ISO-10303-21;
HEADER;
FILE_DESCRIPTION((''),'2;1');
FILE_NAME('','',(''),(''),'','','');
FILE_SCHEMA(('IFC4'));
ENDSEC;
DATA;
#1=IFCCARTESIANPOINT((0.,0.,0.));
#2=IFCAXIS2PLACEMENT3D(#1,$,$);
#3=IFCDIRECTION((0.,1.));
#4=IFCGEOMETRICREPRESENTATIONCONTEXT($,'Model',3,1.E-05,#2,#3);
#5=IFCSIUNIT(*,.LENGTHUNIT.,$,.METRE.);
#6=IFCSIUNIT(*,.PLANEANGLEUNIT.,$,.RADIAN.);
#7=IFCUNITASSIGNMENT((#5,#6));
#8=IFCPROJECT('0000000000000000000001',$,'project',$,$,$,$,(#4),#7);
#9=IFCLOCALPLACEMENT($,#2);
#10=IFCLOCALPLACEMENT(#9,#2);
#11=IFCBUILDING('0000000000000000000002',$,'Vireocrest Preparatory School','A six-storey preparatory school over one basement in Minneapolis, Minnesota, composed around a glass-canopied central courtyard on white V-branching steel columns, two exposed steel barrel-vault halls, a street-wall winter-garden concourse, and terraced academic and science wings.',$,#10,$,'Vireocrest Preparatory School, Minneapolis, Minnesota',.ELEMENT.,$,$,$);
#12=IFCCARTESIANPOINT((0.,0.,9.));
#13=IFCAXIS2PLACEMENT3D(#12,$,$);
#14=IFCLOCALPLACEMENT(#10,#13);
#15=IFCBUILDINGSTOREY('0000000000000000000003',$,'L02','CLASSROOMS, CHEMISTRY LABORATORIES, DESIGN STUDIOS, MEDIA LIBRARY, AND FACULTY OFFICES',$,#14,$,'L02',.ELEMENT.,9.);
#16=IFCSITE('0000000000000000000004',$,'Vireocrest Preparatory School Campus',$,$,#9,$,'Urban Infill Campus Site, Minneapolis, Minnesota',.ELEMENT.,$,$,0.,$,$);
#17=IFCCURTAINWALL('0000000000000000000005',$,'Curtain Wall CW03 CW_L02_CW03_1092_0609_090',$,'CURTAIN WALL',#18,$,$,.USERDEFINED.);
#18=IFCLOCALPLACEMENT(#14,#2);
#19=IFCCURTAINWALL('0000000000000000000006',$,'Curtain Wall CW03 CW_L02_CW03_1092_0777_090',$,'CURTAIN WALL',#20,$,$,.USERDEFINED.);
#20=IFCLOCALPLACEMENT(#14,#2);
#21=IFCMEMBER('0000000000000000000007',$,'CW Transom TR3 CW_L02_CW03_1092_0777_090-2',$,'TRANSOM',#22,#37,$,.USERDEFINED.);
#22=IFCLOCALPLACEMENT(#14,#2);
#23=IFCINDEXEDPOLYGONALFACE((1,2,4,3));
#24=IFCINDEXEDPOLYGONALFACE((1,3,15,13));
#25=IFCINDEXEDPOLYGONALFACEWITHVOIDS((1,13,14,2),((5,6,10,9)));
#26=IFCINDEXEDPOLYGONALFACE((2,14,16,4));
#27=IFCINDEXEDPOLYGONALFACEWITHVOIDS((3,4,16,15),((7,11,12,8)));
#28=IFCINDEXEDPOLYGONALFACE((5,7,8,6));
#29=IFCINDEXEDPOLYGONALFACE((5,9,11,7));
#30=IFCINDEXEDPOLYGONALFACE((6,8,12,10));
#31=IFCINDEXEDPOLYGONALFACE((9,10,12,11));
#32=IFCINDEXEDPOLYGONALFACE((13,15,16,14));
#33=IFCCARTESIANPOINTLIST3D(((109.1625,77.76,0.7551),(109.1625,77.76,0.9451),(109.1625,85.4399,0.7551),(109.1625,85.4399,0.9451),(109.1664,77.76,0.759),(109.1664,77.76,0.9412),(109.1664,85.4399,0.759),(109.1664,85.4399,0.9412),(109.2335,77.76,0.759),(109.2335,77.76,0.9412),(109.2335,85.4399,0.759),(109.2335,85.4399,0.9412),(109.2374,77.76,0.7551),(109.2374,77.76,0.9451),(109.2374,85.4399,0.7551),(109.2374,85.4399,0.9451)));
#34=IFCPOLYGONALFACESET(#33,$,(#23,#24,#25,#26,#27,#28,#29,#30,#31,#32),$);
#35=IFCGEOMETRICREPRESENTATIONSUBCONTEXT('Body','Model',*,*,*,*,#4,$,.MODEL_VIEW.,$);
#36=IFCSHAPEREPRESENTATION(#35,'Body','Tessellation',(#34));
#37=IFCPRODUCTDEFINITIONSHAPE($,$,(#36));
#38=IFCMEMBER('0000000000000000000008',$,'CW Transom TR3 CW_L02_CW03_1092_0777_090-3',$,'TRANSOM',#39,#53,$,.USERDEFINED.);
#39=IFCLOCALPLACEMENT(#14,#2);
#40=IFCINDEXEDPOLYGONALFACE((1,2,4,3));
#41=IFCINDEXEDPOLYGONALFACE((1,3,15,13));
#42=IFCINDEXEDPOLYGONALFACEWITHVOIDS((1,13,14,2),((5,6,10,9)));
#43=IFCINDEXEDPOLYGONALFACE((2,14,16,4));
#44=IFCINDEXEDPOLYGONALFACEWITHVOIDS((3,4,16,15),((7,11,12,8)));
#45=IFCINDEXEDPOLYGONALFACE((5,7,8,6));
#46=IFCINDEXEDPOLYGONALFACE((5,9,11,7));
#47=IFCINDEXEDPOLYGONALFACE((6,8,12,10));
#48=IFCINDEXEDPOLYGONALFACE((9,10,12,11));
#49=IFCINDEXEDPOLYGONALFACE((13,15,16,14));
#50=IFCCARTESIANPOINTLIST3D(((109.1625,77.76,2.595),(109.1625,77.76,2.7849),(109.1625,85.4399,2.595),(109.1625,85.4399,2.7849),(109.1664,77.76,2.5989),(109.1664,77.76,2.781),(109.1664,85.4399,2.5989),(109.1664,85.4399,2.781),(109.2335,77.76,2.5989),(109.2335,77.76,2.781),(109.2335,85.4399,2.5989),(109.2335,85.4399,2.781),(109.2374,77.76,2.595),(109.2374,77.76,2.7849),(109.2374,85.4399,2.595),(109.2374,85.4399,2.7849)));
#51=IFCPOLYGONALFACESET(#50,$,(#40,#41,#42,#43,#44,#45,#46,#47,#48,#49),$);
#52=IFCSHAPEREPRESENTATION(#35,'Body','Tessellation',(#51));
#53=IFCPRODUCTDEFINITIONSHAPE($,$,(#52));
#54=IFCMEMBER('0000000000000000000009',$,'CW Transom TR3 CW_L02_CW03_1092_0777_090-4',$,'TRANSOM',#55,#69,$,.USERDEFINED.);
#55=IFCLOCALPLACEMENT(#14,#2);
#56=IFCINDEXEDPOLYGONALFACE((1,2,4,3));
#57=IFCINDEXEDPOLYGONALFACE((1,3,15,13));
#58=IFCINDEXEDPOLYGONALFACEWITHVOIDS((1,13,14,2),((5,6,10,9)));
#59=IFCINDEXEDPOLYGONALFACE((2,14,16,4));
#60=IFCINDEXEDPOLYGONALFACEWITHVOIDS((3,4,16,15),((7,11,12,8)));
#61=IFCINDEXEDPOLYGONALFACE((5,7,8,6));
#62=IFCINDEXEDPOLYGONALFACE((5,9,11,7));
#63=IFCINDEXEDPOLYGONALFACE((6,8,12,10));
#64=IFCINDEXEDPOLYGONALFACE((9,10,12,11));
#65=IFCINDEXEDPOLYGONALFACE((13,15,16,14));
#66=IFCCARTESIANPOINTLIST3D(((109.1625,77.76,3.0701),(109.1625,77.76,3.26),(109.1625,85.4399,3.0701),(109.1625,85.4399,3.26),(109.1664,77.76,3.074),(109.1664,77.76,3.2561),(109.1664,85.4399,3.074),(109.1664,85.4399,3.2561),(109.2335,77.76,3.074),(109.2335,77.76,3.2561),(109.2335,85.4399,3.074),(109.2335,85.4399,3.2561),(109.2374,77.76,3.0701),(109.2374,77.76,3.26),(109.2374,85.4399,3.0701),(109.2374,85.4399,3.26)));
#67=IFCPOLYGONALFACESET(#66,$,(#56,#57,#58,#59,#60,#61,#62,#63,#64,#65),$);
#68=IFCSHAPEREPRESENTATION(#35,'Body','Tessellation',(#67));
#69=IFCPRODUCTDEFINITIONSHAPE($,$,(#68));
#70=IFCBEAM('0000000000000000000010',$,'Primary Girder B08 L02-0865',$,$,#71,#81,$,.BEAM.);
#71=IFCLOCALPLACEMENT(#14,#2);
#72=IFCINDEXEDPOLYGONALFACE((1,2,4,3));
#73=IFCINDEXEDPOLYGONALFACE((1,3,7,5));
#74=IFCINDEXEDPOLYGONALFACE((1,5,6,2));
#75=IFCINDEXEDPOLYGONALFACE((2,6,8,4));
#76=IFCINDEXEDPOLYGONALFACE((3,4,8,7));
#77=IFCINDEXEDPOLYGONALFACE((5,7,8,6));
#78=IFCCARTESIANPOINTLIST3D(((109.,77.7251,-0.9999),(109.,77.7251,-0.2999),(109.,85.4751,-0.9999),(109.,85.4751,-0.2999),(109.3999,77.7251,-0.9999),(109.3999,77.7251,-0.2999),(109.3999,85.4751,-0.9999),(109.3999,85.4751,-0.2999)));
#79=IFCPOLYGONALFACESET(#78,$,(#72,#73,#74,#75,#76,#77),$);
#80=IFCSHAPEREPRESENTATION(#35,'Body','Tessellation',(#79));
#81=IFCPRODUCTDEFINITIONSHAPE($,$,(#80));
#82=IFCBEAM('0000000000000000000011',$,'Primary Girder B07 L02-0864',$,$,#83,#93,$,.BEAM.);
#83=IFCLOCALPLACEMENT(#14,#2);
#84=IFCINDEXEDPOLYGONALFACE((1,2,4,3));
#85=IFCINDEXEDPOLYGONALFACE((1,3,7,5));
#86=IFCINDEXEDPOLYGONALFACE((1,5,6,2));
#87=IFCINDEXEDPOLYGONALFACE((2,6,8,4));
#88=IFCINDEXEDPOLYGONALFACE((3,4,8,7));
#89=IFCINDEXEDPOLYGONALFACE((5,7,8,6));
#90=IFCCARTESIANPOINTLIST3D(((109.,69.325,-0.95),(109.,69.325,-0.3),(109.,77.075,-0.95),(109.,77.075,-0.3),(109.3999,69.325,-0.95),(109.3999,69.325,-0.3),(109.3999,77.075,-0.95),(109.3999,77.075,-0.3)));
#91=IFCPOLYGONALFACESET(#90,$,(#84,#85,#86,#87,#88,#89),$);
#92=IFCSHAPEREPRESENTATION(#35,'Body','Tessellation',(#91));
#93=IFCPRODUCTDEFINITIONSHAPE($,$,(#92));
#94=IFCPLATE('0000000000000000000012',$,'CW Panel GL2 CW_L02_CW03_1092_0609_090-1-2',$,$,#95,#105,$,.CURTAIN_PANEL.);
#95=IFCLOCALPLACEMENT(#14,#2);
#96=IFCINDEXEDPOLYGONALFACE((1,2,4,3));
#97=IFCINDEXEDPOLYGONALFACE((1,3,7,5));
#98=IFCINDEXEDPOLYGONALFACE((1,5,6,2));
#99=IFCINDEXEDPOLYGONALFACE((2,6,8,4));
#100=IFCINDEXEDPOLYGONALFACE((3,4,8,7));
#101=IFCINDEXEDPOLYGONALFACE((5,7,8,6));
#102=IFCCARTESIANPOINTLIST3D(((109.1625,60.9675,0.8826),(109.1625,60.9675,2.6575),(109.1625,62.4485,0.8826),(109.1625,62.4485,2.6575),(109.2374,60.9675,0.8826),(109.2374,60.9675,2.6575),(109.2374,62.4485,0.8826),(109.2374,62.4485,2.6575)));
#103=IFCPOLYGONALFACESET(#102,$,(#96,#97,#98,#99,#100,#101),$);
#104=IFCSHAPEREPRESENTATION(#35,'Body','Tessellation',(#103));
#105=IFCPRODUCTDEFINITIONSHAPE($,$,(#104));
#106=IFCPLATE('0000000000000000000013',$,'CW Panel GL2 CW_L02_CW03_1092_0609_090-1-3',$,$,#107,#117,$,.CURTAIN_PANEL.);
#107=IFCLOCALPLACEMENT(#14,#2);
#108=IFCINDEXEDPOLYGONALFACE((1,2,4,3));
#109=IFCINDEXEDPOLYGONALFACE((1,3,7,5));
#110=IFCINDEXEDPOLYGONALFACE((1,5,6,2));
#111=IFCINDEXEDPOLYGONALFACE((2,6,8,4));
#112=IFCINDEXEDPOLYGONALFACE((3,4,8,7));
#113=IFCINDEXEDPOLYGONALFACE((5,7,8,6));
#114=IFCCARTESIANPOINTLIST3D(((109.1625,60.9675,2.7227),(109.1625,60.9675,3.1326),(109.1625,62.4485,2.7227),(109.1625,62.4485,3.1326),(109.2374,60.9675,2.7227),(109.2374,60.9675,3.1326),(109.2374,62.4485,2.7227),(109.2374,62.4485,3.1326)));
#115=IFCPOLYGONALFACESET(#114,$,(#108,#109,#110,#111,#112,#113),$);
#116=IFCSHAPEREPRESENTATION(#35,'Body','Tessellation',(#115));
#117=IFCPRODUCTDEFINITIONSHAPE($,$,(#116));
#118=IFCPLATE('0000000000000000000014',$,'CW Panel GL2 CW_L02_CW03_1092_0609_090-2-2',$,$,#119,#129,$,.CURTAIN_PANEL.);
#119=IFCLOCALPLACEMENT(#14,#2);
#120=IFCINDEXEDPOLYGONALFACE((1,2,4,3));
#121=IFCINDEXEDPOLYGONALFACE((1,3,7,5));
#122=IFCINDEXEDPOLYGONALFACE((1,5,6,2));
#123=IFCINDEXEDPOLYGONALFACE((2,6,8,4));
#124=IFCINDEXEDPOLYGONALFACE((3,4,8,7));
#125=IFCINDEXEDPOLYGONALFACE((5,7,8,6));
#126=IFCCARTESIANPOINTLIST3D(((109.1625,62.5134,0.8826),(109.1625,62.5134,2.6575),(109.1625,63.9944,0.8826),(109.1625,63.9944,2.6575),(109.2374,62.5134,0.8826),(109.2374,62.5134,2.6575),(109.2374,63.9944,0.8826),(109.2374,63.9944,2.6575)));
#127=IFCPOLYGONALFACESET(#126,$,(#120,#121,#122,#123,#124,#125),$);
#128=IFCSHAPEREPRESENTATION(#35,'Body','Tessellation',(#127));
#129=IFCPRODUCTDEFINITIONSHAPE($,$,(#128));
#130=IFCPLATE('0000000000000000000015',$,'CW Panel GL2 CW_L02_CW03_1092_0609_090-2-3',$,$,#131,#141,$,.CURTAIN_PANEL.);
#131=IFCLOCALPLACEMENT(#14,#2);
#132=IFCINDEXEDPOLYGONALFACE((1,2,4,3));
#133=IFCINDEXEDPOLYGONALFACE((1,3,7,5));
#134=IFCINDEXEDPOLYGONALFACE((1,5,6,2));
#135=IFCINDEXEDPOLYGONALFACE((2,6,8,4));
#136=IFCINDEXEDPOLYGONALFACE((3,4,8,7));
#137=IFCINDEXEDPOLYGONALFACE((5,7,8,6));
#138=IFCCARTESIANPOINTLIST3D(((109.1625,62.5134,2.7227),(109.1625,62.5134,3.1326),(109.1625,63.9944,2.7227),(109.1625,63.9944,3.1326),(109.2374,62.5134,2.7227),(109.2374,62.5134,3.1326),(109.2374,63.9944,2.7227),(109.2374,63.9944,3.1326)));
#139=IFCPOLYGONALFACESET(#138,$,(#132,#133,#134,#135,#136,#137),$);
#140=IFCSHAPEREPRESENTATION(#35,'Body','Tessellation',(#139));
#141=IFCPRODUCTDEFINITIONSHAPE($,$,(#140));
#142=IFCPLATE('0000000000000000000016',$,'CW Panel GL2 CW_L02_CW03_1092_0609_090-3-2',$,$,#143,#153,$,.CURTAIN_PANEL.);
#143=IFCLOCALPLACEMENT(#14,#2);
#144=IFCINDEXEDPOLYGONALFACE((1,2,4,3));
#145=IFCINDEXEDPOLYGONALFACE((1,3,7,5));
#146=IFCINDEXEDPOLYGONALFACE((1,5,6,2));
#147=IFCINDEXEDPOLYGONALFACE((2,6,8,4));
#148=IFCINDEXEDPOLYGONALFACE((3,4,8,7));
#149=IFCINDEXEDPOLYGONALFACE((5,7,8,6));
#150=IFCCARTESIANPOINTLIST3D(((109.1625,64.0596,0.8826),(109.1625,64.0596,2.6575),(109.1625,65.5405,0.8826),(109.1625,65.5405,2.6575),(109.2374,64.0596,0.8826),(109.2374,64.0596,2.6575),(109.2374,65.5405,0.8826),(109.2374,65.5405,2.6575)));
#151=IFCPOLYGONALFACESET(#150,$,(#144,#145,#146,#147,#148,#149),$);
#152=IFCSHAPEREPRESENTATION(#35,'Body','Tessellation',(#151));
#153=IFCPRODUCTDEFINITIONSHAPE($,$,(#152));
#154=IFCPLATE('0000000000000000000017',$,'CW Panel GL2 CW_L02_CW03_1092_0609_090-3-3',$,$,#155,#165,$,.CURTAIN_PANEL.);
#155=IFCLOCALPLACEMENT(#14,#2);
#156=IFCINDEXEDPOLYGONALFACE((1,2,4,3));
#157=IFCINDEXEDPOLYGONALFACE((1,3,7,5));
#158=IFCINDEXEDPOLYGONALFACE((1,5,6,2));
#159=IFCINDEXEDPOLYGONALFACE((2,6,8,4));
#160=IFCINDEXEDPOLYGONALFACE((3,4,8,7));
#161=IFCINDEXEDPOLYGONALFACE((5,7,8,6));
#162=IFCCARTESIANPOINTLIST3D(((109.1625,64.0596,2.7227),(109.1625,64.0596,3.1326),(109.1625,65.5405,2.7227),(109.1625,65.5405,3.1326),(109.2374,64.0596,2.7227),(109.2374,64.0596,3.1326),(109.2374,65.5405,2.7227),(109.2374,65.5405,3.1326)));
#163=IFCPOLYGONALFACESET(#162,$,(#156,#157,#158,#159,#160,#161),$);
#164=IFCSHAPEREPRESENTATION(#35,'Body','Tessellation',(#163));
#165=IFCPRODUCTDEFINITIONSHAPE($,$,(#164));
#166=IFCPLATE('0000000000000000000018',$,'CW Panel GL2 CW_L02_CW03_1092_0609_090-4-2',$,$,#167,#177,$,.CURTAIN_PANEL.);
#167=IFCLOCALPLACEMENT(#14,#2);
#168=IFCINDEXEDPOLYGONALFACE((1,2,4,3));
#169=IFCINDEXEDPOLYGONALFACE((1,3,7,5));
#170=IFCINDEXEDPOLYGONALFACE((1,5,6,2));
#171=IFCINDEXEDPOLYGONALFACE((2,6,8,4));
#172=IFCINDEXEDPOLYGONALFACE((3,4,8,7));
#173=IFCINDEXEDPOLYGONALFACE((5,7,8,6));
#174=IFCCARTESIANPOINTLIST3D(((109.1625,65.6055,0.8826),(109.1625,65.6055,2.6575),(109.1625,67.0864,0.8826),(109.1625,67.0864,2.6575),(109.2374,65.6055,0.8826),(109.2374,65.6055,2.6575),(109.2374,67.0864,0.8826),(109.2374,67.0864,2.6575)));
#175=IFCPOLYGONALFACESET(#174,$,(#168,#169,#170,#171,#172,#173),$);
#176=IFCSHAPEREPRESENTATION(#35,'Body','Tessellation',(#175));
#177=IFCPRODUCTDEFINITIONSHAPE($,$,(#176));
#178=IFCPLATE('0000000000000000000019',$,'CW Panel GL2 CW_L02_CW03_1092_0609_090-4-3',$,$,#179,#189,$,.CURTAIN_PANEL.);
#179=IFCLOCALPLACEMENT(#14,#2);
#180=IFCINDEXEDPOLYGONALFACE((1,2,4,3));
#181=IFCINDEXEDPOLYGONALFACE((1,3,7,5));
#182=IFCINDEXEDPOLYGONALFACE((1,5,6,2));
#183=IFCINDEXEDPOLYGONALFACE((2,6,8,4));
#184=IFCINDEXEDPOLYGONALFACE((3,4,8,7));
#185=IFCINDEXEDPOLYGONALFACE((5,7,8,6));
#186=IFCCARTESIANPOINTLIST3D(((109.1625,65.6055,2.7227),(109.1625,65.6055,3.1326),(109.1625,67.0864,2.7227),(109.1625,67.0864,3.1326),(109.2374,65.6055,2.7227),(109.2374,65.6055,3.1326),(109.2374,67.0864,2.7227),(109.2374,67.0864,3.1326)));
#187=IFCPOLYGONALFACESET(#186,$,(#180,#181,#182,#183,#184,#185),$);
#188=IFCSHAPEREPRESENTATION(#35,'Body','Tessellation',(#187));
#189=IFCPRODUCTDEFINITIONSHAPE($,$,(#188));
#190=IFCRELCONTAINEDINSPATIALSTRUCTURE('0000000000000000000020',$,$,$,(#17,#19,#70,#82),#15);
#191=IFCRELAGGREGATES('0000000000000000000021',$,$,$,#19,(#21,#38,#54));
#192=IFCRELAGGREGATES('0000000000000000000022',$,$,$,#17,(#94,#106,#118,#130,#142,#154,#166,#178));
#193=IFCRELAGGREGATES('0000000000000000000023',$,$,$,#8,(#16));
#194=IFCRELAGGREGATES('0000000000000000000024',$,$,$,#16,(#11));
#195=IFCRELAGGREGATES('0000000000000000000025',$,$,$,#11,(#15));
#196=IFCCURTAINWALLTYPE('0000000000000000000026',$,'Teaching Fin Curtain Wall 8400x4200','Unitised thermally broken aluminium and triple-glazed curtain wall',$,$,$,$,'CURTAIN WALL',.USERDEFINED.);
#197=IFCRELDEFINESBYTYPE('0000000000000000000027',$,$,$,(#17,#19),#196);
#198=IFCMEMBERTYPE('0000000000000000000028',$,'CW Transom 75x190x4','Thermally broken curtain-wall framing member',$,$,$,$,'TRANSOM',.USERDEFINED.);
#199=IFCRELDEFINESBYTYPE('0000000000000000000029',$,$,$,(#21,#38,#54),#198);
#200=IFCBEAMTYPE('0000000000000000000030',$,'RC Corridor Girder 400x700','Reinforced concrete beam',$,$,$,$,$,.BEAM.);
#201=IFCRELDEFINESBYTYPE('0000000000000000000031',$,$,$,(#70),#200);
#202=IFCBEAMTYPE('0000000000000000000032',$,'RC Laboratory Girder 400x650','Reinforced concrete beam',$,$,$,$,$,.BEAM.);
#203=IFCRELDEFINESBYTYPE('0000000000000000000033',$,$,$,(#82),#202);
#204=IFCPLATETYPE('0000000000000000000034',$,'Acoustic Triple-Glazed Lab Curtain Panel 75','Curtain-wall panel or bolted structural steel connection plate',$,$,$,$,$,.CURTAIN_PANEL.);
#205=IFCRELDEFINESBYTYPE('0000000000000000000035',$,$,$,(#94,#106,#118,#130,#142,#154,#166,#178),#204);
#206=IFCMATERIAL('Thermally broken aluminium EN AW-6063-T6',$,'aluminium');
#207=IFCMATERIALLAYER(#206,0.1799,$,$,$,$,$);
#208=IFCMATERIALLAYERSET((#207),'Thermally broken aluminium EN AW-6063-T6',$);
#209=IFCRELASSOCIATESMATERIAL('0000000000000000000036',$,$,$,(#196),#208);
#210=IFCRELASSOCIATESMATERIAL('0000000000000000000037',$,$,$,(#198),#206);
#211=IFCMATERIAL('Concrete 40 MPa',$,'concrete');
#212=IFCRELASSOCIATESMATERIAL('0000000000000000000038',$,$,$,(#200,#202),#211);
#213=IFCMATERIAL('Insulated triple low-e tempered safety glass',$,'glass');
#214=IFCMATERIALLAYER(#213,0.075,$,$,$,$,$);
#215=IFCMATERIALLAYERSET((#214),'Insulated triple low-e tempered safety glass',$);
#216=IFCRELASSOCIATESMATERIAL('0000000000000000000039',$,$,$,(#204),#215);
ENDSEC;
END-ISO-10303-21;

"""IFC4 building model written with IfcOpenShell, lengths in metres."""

from ifc_helpers import new_model, si_unit, direction, frame, origin, origin_2d, place, context, subcontext, project, spatial, rectangle, hollow_rectangle, extrude, material, layer, layer_set, material_profile, profile_set, type_object, element, aggregate, save


model = new_model("IFC4")

# Units and contexts
model_context = context("Model", 3, precision=1e-05, world=origin(), true_north=direction((0.0, 1.0)))
body_context = subcontext(model_context, "Body", "Model", "MODEL_VIEW")
ifc_project = project(units=[si_unit("LENGTHUNIT", "METRE"), si_unit("PLANEANGLEUNIT", "RADIAN")], contexts=[model_context])

# Site, building, storey
site_placement = place(None, origin())
site = spatial("IfcSite", under=ifc_project, at=site_placement, Name="Vireocrest Preparatory School Campus", LongName="Urban Infill Campus Site, Minneapolis, Minnesota", CompositionType="ELEMENT", RefElevation=0.0)
building_placement = place(site_placement, origin())
building = spatial("IfcBuilding", under=site, at=building_placement, Name="Vireocrest Preparatory School", Description="A six-storey preparatory school over one basement in Minneapolis, Minnesota, composed around a glass-canopied central courtyard on white V-branching steel columns, two exposed steel barrel-vault halls, a street-wall winter-garden concourse, and terraced academic and science wings.", LongName="Vireocrest Preparatory School, Minneapolis, Minnesota", CompositionType="ELEMENT")
storey_placement = place(building_placement, frame((0.0, 0.0, 9.0)))
storey = spatial("IfcBuildingStorey", under=building, at=storey_placement, Name="L02", Description="CLASSROOMS, CHEMISTRY LABORATORIES, DESIGN STUDIOS, MEDIA LIBRARY, AND FACULTY OFFICES", LongName="L02", CompositionType="ELEMENT", Elevation=9.0)

# Curtain wall
ifc_material_1 = material(Name="Thermally broken aluminium EN AW-6063-T6", Category="aluminium")
ifc_layer_1 = layer(ifc_material_1, 0.1799)
ifc_layer_set_1 = layer_set([ifc_layer_1], Name="Thermally broken aluminium EN AW-6063-T6")
curtain_wall_type = type_object("IfcCurtainWallType", Name="Teaching Fin Curtain Wall 8400x4200", Description="Unitised thermally broken aluminium and triple-glazed curtain wall", ElementType="CURTAIN WALL", PredefinedType="USERDEFINED", material=ifc_layer_set_1)
curtain_wall_1_placement = place(storey_placement, origin())
curtain_wall_1 = element("IfcCurtainWall", 1, at=curtain_wall_1_placement, inside=storey, type_object=curtain_wall_type, Name="Curtain Wall CW03 CW_L02_CW03_1092_0609_090", ObjectType="CURTAIN WALL", PredefinedType="USERDEFINED")

# Curtain wall
curtain_wall_2_placement = place(storey_placement, origin())
curtain_wall_2 = element("IfcCurtainWall", 2, at=curtain_wall_2_placement, inside=storey, type_object=curtain_wall_type, Name="Curtain Wall CW03 CW_L02_CW03_1092_0777_090", ObjectType="CURTAIN WALL", PredefinedType="USERDEFINED")

# Members
ifc_material_profile_1 = material_profile(ifc_material_1, hollow_rectangle(XDim=0.075, YDim=0.1899, WallThickness=0.0039, at=origin_2d()), Name="ALU 75x190x4")
ifc_profile_set_1 = profile_set([ifc_material_profile_1], Name="Thermally broken aluminium EN AW-6063-T6")
member_type_1 = type_object("IfcMemberType", Name="CW Transom 75x190x4", Description="Thermally broken curtain-wall framing member", ElementType="TRANSOM", PredefinedType="USERDEFINED", material=ifc_profile_set_1)
member_1_placement = place(storey_placement, frame((109.2, 77.76, 0.8501), z_axis=(0.0, 1.0, 0.0), x_axis=(-1.0, 0.0, 0.0)))
member_1 = element("IfcMember", 3, at=member_1_placement, type_object=member_type_1, Name="CW Transom TR3 CW_L02_CW03_1092_0777_090-2", ObjectType="TRANSOM", PredefinedType="USERDEFINED", context=body_context, shape_type="SweptSolid", body=[
    extrude(hollow_rectangle(XDim=0.075, YDim=0.1899, WallThickness=0.0039, at=origin_2d()), origin(), (0.0, 0.0, 1.0), 7.6799),
])
member_2_placement = place(storey_placement, frame((109.2, 77.76, 2.6899), z_axis=(0.0, 1.0, 0.0), x_axis=(-1.0, 0.0, 0.0)))
member_2 = element("IfcMember", 4, at=member_2_placement, type_object=member_type_1, Name="CW Transom TR3 CW_L02_CW03_1092_0777_090-3", ObjectType="TRANSOM", PredefinedType="USERDEFINED", context=body_context, shape_type="SweptSolid", body=[
    extrude(hollow_rectangle(XDim=0.075, YDim=0.1899, WallThickness=0.0039, at=origin_2d()), origin(), (0.0, 0.0, 1.0), 7.6799),
])
member_3_placement = place(storey_placement, frame((109.2, 77.76, 3.165), z_axis=(0.0, 1.0, 0.0), x_axis=(-1.0, 0.0, 0.0)))
member_3 = element("IfcMember", 5, at=member_3_placement, type_object=member_type_1, Name="CW Transom TR3 CW_L02_CW03_1092_0777_090-4", ObjectType="TRANSOM", PredefinedType="USERDEFINED", context=body_context, shape_type="SweptSolid", body=[
    extrude(hollow_rectangle(XDim=0.075, YDim=0.1899, WallThickness=0.0039, at=origin_2d()), origin(), (0.0, 0.0, 1.0), 7.6799),
])
aggregate(curtain_wall_2, [member_1, member_2, member_3])

# Beams
ifc_material_2 = material(Name="Concrete 40 MPa", Category="concrete")
ifc_material_profile_2 = material_profile(ifc_material_2, rectangle(XDim=0.3999, YDim=0.7, at=origin_2d()), Name="RC 400x700")
ifc_profile_set_2 = profile_set([ifc_material_profile_2], Name="Concrete 40 MPa")
beam_type_1 = type_object("IfcBeamType", Name="RC Corridor Girder 400x700", Description="Reinforced concrete beam", PredefinedType="BEAM", material=ifc_profile_set_2)
beam_1_placement = place(storey_placement, frame((109.2, 77.7251, -0.6499), z_axis=(0.0, 1.0, 0.0), x_axis=(-1.0, 0.0, 0.0)))
element("IfcBeam", 6, at=beam_1_placement, inside=storey, type_object=beam_type_1, Name="Primary Girder B08 L02-0865", PredefinedType="BEAM", context=body_context, shape_type="SweptSolid", body=[
    extrude(rectangle(XDim=0.3999, YDim=0.7, at=origin_2d()), origin(), (0.0, 0.0, 1.0), 7.75),
])
ifc_material_profile_3 = material_profile(ifc_material_2, rectangle(XDim=0.3999, YDim=0.6499, at=origin_2d()), Name="RC 400x650")
ifc_profile_set_3 = profile_set([ifc_material_profile_3], Name="Concrete 40 MPa")
beam_type_2 = type_object("IfcBeamType", Name="RC Laboratory Girder 400x650", Description="Reinforced concrete beam", PredefinedType="BEAM", material=ifc_profile_set_3)
beam_2_placement = place(storey_placement, frame((109.2, 69.325, -0.625), z_axis=(0.0, 1.0, 0.0), x_axis=(-1.0, 0.0, 0.0)))
element("IfcBeam", 7, at=beam_2_placement, inside=storey, type_object=beam_type_2, Name="Primary Girder B07 L02-0864", PredefinedType="BEAM", context=body_context, shape_type="SweptSolid", body=[
    extrude(rectangle(XDim=0.3999, YDim=0.6499, at=origin_2d()), origin(), (0.0, 0.0, 1.0), 7.75),
])

# Plates
ifc_material_3 = material(Name="Insulated triple low-e tempered safety glass", Category="glass")
ifc_layer_2 = layer(ifc_material_3, 0.075)
ifc_layer_set_2 = layer_set([ifc_layer_2], Name="Insulated triple low-e tempered safety glass")
plate_type_1 = type_object("IfcPlateType", Name="Acoustic Triple-Glazed Lab Curtain Panel 75", Description="Curtain-wall panel or bolted structural steel connection plate", PredefinedType="CURTAIN_PANEL", material=ifc_layer_set_2)
plate_1_placement = place(storey_placement, frame((109.2, 61.708, 0.8826), z_axis=(0.0, 0.0, 1.0), x_axis=(0.0, 1.0, 0.0)))
plate_1 = element("IfcPlate", 8, at=plate_1_placement, type_object=plate_type_1, Name="CW Panel GL2 CW_L02_CW03_1092_0609_090-1-2", PredefinedType="CURTAIN_PANEL", context=body_context, shape_type="SweptSolid", body=[
    extrude(rectangle(XDim=1.481, YDim=0.075, at=origin_2d()), origin(), (0.0, 0.0, 1.0), 1.7749),
])
plate_2_placement = place(storey_placement, frame((109.2, 61.708, 2.7227), z_axis=(0.0, 0.0, 1.0), x_axis=(0.0, 1.0, 0.0)))
plate_2 = element("IfcPlate", 9, at=plate_2_placement, type_object=plate_type_1, Name="CW Panel GL2 CW_L02_CW03_1092_0609_090-1-3", PredefinedType="CURTAIN_PANEL", context=body_context, shape_type="SweptSolid", body=[
    extrude(rectangle(XDim=1.481, YDim=0.075, at=origin_2d()), origin(), (0.0, 0.0, 1.0), 0.4099),
])
plate_3_placement = place(storey_placement, frame((109.2, 63.2539, 0.8826), z_axis=(0.0, 0.0, 1.0), x_axis=(0.0, 1.0, 0.0)))
plate_3 = element("IfcPlate", 10, at=plate_3_placement, type_object=plate_type_1, Name="CW Panel GL2 CW_L02_CW03_1092_0609_090-2-2", PredefinedType="CURTAIN_PANEL", context=body_context, shape_type="SweptSolid", body=[
    extrude(rectangle(XDim=1.481, YDim=0.075, at=origin_2d()), origin(), (0.0, 0.0, 1.0), 1.7749),
])
plate_4_placement = place(storey_placement, frame((109.2, 63.2539, 2.7227), z_axis=(0.0, 0.0, 1.0), x_axis=(0.0, 1.0, 0.0)))
plate_4 = element("IfcPlate", 11, at=plate_4_placement, type_object=plate_type_1, Name="CW Panel GL2 CW_L02_CW03_1092_0609_090-2-3", PredefinedType="CURTAIN_PANEL", context=body_context, shape_type="SweptSolid", body=[
    extrude(rectangle(XDim=1.481, YDim=0.075, at=origin_2d()), origin(), (0.0, 0.0, 1.0), 0.4099),
])
plate_5_placement = place(storey_placement, frame((109.2, 64.8, 0.8826), z_axis=(0.0, 0.0, 1.0), x_axis=(0.0, 1.0, 0.0)))
plate_5 = element("IfcPlate", 12, at=plate_5_placement, type_object=plate_type_1, Name="CW Panel GL2 CW_L02_CW03_1092_0609_090-3-2", PredefinedType="CURTAIN_PANEL", context=body_context, shape_type="SweptSolid", body=[
    extrude(rectangle(XDim=1.481, YDim=0.075, at=origin_2d()), origin(), (0.0, 0.0, 1.0), 1.7749),
])
plate_6_placement = place(storey_placement, frame((109.2, 64.8, 2.7227), z_axis=(0.0, 0.0, 1.0), x_axis=(0.0, 1.0, 0.0)))
plate_6 = element("IfcPlate", 13, at=plate_6_placement, type_object=plate_type_1, Name="CW Panel GL2 CW_L02_CW03_1092_0609_090-3-3", PredefinedType="CURTAIN_PANEL", context=body_context, shape_type="SweptSolid", body=[
    extrude(rectangle(XDim=1.481, YDim=0.075, at=origin_2d()), origin(), (0.0, 0.0, 1.0), 0.4099),
])
plate_7_placement = place(storey_placement, frame((109.2, 66.3459, 0.8826), z_axis=(0.0, 0.0, 1.0), x_axis=(0.0, 1.0, 0.0)))
plate_7 = element("IfcPlate", 14, at=plate_7_placement, type_object=plate_type_1, Name="CW Panel GL2 CW_L02_CW03_1092_0609_090-4-2", PredefinedType="CURTAIN_PANEL", context=body_context, shape_type="SweptSolid", body=[
    extrude(rectangle(XDim=1.481, YDim=0.075, at=origin_2d()), origin(), (0.0, 0.0, 1.0), 1.7749),
])
plate_8_placement = place(storey_placement, frame((109.2, 66.3459, 2.7227), z_axis=(0.0, 0.0, 1.0), x_axis=(0.0, 1.0, 0.0)))
plate_8 = element("IfcPlate", 15, at=plate_8_placement, type_object=plate_type_1, Name="CW Panel GL2 CW_L02_CW03_1092_0609_090-4-3", PredefinedType="CURTAIN_PANEL", context=body_context, shape_type="SweptSolid", body=[
    extrude(rectangle(XDim=1.481, YDim=0.075, at=origin_2d()), origin(), (0.0, 0.0, 1.0), 0.4099),
])
aggregate(curtain_wall_1, [plate_1, plate_2, plate_3, plate_4, plate_5, plate_6, plate_7, plate_8])

save(model, "model.ifc")
